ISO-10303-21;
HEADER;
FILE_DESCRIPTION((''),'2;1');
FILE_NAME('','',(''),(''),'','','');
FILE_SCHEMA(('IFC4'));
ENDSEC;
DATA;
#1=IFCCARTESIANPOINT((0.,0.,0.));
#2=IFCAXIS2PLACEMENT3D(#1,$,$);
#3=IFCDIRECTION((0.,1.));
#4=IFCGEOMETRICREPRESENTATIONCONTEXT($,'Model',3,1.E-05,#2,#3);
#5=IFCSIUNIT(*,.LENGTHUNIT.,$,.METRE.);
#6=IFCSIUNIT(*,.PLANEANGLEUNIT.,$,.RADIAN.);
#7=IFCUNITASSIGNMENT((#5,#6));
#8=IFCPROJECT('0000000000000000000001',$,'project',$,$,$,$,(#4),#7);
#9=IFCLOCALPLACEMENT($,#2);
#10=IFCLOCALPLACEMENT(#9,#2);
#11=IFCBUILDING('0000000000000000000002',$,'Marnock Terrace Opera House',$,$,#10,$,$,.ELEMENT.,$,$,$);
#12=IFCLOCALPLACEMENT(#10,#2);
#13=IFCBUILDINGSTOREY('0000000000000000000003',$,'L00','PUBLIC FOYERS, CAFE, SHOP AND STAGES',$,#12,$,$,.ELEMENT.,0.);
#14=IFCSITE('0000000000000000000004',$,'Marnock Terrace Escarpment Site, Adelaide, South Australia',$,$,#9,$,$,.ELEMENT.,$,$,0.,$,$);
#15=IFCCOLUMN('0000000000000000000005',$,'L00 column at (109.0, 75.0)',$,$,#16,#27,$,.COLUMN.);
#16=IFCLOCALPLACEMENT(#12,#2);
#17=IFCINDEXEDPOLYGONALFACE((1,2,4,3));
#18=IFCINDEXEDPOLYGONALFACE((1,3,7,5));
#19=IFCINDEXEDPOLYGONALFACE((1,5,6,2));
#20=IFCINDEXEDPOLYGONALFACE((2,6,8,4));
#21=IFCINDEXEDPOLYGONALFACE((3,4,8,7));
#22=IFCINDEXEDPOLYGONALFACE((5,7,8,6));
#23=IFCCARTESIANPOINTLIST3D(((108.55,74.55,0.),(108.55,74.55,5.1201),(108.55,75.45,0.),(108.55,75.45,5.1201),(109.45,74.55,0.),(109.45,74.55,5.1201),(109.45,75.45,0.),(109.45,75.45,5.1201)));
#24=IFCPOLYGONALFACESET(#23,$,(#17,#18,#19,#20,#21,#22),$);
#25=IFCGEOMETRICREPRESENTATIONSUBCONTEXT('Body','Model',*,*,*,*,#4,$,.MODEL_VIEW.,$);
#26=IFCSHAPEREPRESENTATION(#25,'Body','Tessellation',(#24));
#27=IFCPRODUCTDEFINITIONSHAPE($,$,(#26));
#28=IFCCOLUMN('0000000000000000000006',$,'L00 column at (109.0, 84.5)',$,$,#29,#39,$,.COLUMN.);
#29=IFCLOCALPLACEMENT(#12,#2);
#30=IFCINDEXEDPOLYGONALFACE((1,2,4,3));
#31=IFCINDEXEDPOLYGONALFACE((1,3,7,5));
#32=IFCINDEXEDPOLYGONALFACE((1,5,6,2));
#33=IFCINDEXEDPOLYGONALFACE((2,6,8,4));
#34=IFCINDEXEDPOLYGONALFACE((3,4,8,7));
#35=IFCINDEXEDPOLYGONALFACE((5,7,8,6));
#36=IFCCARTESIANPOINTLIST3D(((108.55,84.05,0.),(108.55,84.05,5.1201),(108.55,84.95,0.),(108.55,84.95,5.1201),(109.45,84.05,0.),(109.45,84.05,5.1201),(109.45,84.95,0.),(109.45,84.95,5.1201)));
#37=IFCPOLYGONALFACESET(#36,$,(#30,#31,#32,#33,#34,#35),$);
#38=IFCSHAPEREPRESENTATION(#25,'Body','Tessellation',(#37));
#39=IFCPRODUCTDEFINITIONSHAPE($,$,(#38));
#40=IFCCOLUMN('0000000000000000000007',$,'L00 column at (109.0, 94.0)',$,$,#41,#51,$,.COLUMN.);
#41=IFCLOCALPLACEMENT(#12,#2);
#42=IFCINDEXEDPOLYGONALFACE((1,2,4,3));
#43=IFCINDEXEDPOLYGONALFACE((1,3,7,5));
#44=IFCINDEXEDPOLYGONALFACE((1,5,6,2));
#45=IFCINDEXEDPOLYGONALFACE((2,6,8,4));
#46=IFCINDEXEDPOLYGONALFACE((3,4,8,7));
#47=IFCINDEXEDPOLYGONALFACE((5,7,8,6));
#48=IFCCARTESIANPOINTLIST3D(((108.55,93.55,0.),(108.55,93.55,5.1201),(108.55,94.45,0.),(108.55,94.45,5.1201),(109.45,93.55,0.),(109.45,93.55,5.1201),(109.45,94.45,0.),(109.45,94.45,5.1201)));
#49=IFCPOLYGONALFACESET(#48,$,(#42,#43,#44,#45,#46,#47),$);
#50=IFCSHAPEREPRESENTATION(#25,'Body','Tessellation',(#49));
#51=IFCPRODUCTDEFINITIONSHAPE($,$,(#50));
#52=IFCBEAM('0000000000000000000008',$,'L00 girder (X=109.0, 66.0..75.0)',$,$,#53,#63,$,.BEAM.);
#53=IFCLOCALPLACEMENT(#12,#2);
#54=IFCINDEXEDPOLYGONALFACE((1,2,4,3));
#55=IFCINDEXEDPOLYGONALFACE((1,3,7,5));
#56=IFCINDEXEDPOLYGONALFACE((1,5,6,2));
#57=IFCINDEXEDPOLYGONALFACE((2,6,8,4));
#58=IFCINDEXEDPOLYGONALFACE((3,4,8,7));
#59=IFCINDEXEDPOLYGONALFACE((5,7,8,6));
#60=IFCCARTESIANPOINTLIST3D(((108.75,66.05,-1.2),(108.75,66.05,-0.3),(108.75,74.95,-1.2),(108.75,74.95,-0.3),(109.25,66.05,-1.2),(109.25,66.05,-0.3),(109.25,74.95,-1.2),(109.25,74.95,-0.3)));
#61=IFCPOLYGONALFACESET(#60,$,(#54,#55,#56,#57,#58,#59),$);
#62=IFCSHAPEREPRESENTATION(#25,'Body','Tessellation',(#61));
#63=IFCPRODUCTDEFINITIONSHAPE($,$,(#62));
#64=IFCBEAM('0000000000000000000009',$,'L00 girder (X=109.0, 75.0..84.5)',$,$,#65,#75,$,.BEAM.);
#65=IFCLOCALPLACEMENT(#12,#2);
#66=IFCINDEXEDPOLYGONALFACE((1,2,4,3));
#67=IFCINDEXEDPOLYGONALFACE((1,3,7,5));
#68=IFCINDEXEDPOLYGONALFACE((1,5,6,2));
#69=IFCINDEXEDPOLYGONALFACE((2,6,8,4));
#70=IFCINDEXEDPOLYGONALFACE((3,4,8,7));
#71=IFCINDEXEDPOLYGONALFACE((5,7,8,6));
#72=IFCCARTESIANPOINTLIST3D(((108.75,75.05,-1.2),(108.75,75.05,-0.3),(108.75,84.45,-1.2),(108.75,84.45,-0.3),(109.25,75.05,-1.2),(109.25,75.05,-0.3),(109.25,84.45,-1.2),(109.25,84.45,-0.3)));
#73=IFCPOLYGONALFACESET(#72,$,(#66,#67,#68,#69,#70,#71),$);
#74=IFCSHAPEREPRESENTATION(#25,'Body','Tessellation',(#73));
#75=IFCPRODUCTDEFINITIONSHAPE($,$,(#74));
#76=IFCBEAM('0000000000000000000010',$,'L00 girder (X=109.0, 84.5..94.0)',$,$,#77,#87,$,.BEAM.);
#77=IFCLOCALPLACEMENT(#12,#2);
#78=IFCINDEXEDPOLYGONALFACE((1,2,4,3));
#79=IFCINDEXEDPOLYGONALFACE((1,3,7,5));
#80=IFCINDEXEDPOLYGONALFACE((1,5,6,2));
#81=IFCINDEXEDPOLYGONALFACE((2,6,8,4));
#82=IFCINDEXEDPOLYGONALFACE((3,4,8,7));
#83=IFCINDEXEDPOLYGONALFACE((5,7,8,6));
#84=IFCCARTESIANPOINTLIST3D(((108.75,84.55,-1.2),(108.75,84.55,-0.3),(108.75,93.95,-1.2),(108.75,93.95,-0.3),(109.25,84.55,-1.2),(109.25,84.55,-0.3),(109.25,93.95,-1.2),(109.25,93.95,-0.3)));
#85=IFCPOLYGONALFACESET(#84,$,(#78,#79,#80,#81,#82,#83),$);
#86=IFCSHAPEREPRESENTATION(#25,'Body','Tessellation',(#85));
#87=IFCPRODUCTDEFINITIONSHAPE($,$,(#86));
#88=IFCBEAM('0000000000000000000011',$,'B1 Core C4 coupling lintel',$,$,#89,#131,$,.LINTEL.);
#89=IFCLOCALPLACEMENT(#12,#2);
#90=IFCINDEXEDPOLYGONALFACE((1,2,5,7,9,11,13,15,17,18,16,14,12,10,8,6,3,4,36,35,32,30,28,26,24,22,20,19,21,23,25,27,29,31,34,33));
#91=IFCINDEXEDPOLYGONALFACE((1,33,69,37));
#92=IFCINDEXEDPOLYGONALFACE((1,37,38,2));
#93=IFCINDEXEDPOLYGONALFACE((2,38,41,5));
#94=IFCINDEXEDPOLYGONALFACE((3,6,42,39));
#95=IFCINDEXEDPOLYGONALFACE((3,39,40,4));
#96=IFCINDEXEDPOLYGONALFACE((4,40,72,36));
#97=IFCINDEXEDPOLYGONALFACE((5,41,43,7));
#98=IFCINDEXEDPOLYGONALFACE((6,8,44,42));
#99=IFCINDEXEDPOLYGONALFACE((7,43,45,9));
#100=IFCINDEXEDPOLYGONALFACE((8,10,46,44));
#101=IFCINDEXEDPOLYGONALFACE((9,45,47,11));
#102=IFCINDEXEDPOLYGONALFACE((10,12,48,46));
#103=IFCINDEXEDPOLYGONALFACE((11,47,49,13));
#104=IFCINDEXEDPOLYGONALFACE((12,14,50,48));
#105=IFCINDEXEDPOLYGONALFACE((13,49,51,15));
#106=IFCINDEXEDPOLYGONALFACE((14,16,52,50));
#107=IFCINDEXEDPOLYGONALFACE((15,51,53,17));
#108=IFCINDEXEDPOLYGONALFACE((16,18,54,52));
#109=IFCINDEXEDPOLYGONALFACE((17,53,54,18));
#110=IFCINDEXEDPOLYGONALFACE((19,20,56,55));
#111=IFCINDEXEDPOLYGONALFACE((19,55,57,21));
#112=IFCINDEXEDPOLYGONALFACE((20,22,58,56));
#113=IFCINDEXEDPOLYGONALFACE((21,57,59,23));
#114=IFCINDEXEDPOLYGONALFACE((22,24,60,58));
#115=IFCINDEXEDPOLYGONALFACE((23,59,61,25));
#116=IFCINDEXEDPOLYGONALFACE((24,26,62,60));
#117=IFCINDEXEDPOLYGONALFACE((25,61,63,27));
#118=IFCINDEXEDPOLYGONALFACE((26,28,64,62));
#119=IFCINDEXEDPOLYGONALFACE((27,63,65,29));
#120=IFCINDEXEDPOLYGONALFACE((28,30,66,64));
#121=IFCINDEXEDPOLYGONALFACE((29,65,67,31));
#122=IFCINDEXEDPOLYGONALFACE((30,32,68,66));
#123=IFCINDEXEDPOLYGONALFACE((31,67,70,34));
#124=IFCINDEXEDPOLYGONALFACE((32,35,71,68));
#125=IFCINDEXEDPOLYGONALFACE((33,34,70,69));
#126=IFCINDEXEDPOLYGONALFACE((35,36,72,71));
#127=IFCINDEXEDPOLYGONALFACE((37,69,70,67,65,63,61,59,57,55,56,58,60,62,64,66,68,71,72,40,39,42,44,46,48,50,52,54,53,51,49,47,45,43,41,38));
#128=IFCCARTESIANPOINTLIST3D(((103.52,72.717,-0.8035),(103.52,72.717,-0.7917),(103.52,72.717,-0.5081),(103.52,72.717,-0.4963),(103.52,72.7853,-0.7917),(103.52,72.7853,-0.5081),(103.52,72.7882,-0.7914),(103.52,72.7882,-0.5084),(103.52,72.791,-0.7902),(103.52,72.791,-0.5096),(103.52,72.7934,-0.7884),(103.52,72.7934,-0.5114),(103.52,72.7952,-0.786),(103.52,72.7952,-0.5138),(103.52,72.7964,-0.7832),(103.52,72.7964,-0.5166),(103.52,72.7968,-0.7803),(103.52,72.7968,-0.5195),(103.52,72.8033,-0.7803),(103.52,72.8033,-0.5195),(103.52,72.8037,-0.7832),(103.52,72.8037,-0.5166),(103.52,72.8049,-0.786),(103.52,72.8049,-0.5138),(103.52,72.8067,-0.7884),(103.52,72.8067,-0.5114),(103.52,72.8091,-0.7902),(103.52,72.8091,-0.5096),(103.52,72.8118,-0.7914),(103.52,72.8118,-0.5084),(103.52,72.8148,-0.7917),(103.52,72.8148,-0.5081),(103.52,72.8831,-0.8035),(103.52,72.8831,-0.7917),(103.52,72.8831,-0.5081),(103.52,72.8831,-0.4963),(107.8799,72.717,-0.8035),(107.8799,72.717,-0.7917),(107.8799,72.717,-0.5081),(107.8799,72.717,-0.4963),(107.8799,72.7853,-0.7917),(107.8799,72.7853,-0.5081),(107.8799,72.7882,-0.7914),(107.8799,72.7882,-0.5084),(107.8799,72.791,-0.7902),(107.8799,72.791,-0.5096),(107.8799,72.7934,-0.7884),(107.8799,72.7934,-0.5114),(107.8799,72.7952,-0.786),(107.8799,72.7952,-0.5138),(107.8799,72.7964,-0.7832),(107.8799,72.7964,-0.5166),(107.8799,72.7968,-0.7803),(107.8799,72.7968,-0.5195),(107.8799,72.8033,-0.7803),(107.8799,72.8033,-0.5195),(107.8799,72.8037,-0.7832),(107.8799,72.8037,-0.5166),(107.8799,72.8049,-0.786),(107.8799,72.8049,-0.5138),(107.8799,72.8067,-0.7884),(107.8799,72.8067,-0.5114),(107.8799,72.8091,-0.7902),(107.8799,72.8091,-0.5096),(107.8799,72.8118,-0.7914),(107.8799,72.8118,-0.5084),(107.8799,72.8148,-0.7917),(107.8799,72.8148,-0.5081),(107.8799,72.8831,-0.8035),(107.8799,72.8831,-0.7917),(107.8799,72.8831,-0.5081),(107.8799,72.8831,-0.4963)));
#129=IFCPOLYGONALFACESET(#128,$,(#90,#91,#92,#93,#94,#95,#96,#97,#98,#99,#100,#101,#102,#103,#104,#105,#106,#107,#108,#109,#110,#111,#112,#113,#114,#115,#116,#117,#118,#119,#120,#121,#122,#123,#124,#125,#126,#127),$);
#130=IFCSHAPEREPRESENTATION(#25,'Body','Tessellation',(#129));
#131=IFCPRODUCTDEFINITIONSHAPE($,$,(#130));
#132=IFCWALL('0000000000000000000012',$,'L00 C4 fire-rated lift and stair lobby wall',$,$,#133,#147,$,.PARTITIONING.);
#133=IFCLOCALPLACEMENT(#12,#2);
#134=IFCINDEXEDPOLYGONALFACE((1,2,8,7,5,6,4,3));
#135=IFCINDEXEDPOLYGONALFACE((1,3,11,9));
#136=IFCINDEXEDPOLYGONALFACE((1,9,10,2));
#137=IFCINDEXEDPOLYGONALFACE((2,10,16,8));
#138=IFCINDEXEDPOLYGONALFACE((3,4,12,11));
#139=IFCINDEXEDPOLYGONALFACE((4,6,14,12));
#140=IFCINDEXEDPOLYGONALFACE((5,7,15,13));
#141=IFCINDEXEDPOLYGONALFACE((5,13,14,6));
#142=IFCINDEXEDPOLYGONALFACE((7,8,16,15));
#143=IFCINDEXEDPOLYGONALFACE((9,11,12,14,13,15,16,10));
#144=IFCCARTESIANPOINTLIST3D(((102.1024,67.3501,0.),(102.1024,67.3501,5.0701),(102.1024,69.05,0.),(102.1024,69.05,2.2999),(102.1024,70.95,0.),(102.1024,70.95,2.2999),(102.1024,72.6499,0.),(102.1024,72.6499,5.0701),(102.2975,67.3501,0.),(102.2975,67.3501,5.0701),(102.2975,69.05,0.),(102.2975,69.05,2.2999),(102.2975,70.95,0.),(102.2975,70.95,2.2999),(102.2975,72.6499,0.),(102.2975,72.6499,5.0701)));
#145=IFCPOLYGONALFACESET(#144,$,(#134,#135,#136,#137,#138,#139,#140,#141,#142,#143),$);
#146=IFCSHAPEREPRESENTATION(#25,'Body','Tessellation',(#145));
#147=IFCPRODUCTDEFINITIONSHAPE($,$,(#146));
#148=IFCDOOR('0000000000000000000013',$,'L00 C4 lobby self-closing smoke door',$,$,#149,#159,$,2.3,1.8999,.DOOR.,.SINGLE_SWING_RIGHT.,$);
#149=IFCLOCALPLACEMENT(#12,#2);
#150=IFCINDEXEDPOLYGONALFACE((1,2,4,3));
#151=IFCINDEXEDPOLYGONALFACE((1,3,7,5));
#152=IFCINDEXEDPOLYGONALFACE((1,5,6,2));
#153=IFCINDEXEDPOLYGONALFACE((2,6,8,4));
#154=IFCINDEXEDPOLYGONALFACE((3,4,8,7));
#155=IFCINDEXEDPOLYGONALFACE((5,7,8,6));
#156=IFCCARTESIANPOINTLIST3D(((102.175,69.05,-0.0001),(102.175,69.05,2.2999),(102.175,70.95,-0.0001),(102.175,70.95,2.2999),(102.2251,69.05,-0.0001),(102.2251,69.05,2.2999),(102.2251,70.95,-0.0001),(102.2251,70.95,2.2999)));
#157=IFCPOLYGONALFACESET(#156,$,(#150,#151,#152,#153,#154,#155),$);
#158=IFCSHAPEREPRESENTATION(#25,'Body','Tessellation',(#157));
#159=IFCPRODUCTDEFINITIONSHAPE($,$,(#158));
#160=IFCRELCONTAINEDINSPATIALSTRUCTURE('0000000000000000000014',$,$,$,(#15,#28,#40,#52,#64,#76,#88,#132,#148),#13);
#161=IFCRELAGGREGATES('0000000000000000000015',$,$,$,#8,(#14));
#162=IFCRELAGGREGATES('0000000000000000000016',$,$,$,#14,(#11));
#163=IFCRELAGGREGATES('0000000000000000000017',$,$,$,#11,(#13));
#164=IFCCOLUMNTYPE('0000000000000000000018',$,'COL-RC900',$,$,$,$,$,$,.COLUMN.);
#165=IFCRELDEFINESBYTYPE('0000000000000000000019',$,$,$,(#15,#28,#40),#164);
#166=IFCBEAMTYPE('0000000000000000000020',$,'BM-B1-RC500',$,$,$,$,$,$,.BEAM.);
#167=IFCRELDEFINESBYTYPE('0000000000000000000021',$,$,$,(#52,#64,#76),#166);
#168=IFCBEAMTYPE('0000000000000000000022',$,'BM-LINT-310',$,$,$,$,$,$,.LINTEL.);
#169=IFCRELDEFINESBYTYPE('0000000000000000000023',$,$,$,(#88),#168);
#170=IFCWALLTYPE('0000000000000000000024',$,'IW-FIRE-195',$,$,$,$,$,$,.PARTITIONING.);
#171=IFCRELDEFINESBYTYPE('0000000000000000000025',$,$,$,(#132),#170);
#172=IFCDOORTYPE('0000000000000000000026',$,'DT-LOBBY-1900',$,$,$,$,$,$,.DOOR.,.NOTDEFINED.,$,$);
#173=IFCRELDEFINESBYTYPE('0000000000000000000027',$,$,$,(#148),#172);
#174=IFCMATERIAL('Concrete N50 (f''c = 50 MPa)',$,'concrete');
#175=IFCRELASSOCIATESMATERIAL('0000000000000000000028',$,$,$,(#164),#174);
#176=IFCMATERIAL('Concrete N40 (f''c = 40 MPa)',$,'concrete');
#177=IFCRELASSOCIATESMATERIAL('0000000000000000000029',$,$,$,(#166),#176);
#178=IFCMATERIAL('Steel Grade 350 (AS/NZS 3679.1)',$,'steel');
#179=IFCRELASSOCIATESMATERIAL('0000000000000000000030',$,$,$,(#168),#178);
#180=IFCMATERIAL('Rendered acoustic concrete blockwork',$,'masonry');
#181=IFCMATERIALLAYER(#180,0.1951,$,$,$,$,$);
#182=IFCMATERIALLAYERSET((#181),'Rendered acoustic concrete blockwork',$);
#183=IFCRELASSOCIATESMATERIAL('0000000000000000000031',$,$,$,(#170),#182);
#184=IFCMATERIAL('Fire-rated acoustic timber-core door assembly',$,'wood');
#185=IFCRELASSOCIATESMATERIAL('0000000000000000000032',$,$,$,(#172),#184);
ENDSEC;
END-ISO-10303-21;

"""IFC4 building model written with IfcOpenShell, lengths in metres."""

from ifc_helpers import new_model, si_unit, direction, frame, frame_2d, origin, origin_2d, place, context, subcontext, project, spatial, rectangle, i_section, extrude, material, layer, layer_set, material_profile, profile_set, type_object, element, fill, save


model = new_model("IFC4")

# Units and contexts
model_context = context("Model", 3, precision=1e-05, world=origin(), true_north=direction((0.0, 1.0)))
body_context = subcontext(model_context, "Body", "Model", "MODEL_VIEW")
ifc_project = project(units=[si_unit("LENGTHUNIT", "METRE"), si_unit("PLANEANGLEUNIT", "RADIAN")], contexts=[model_context])

# Site, building, storey
site_placement = place(None, origin())
site = spatial("IfcSite", under=ifc_project, at=site_placement, Name="Marnock Terrace Escarpment Site, Adelaide, South Australia", CompositionType="ELEMENT", RefElevation=0.0)
building_placement = place(site_placement, origin())
building = spatial("IfcBuilding", under=site, at=building_placement, Name="Marnock Terrace Opera House", CompositionType="ELEMENT")
storey_placement = place(building_placement, origin())
storey = spatial("IfcBuildingStorey", under=building, at=storey_placement, Name="L00", Description="PUBLIC FOYERS, CAFE, SHOP AND STAGES", CompositionType="ELEMENT", Elevation=0.0)

# Columns
ifc_material_1 = material(Name="Concrete N50 (f'c = 50 MPa)", Category="concrete")
ifc_material_profile_1 = material_profile(ifc_material_1, rectangle(XDim=0.8999, YDim=0.8999, at=origin_2d()))
ifc_profile_set_1 = profile_set([ifc_material_profile_1], Name="Concrete N50 (f'c = 50 MPa)")
column_type = type_object("IfcColumnType", Name="COL-RC900", PredefinedType="COLUMN", material=ifc_profile_set_1)
for number, where, z_axis, x_axis, name in (
    (1, (109.0, 75.0, 0.0), (0.0, 0.0, 1.0), (1.0, 0.0, 0.0), "L00 column at (109.0, 75.0)"),
    (2, (109.0, 84.5, 0.0), (0.0, 0.0, 1.0), (1.0, 0.0, 0.0), "L00 column at (109.0, 84.5)"),
    (3, (109.0, 94.0, 0.0), (0.0, 0.0, 1.0), (1.0, 0.0, 0.0), "L00 column at (109.0, 94.0)"),
):
    element("IfcColumn", number, at=place(storey_placement, frame(where, z_axis=z_axis, x_axis=x_axis)), inside=storey, type_object=column_type, Name=name, PredefinedType="COLUMN", context=body_context, shape_type="SweptSolid", body=[
        extrude(rectangle(XDim=0.8999, YDim=0.8999, at=origin_2d()), origin(), (0.0, 0.0, 1.0), 5.1201),
    ])

# Beams
ifc_material_2 = material(Name="Concrete N40 (f'c = 40 MPa)", Category="concrete")
ifc_material_profile_2 = material_profile(ifc_material_2, rectangle(XDim=0.5, YDim=0.8999, at=origin_2d()))
ifc_profile_set_2 = profile_set([ifc_material_profile_2], Name="Concrete N40 (f'c = 40 MPa)")
beam_type_1 = type_object("IfcBeamType", Name="BM-B1-RC500", PredefinedType="BEAM", material=ifc_profile_set_2)
beam_1_placement = place(storey_placement, frame((109.0, 66.05, -0.75), z_axis=(0.0, 1.0, 0.0), x_axis=(-1.0, 0.0, 0.0)))
element("IfcBeam", 4, at=beam_1_placement, inside=storey, type_object=beam_type_1, Name="L00 girder (X=109.0, 66.0..75.0)", PredefinedType="BEAM", context=body_context, shape_type="SweptSolid", body=[
    extrude(rectangle(XDim=0.5, YDim=0.8999, at=origin_2d()), origin(), (0.0, 0.0, 1.0), 8.8999),
])
for number, where, z_axis, x_axis, name in (
    (5, (109.0, 75.05, -0.75), (0.0, 1.0, 0.0), (-1.0, 0.0, 0.0), "L00 girder (X=109.0, 75.0..84.5)"),
    (6, (109.0, 84.55, -0.75), (0.0, 1.0, 0.0), (-1.0, 0.0, 0.0), "L00 girder (X=109.0, 84.5..94.0)"),
):
    element("IfcBeam", number, at=place(storey_placement, frame(where, z_axis=z_axis, x_axis=x_axis)), inside=storey, type_object=beam_type_1, Name=name, PredefinedType="BEAM", context=body_context, shape_type="SweptSolid", body=[
        extrude(rectangle(XDim=0.5, YDim=0.8999, at=origin_2d()), origin(), (0.0, 0.0, 1.0), 9.3999),
    ])
ifc_material_3 = material(Name="Steel Grade 350 (AS/NZS 3679.1)", Category="steel")
ifc_material_profile_3 = material_profile(ifc_material_3, i_section(OverallWidth=0.166, OverallDepth=0.3071, WebThickness=0.0066, FlangeThickness=0.0117, FilletRadius=0.0115, at=origin_2d()))
ifc_profile_set_3 = profile_set([ifc_material_profile_3], Name="Steel Grade 350 (AS/NZS 3679.1)")
beam_type_2 = type_object("IfcBeamType", Name="BM-LINT-310", PredefinedType="LINTEL", material=ifc_profile_set_3)
beam_2_placement = place(storey_placement, frame((103.52, 72.8, -0.6499), z_axis=(1.0, 0.0, 0.0), x_axis=(0.0, 1.0, 0.0)))
element("IfcBeam", 7, at=beam_2_placement, inside=storey, type_object=beam_type_2, Name="B1 Core C4 coupling lintel", PredefinedType="LINTEL", context=body_context, shape_type="SweptSolid", body=[
    extrude(i_section(OverallWidth=0.166, OverallDepth=0.3071, WebThickness=0.0066, FlangeThickness=0.0117, FilletRadius=0.0115, at=origin_2d()), origin(), (0.0, 0.0, 1.0), 4.3599),
])

# Wall, opening, door
ifc_material_4 = material(Name="Rendered acoustic concrete blockwork", Category="masonry")
ifc_layer_1 = layer(ifc_material_4, 0.1951)
ifc_layer_set_1 = layer_set([ifc_layer_1], Name="Rendered acoustic concrete blockwork")
wall_type_1 = type_object("IfcWallType", Name="IW-FIRE-195", PredefinedType="PARTITIONING", material=ifc_layer_set_1)
wall_1_placement = place(storey_placement, frame((102.2, 67.3501, 0.0), z_axis=(0.0, 0.0, 1.0), x_axis=(0.0, 1.0, 0.0)))
wall_1 = element("IfcWall", 8, at=wall_1_placement, inside=storey, type_object=wall_type_1, Name="L00 C4 fire-rated lift and stair lobby wall", PredefinedType="PARTITIONING", context=body_context, shape_type="SweptSolid", body=[
    extrude(rectangle(XDim=5.2998, YDim=0.1951, at=frame_2d((2.6499, 0.0))), origin(), (0.0, 0.0, 1.0), 5.0701),
])
opening_1_placement = place(wall_1_placement, frame((1.7, 0.0, 0.0)))
opening_1 = element("IfcOpeningElement", 9, at=opening_1_placement, cuts=wall_1, PredefinedType="OPENING", context=body_context, shape_type="SweptSolid", body=[
    extrude(rectangle(XDim=1.8999, YDim=2.3, at=frame_2d((0.95, 1.1499))), frame((0.0, 0.1074, 0.0), z_axis=(0.0, -1.0, 0.0), x_axis=(1.0, 0.0, 0.0)), (0.0, 0.0, 1.0), 0.2151),
])
ifc_material_5 = material(Name="Fire-rated acoustic timber-core door assembly", Category="wood")
door_type_1 = type_object("IfcDoorType", Name="DT-LOBBY-1900", OperationType="NOTDEFINED", PredefinedType="DOOR", material=ifc_material_5)
door_1_placement = place(opening_1_placement, origin())
door_1 = element("IfcDoor", 10, at=door_1_placement, inside=storey, type_object=door_type_1, Name="L00 C4 lobby self-closing smoke door", OperationType="SINGLE_SWING_RIGHT", OverallHeight=2.3, OverallWidth=1.8999, PredefinedType="DOOR", context=body_context, shape_type="SweptSolid", body=[
    extrude(rectangle(XDim=1.8999, YDim=2.3, at=frame_2d((0.95, 1.1499))), frame((0.0, 0.0249, 0.0), z_axis=(0.0, -1.0, 0.0), x_axis=(1.0, 0.0, 0.0)), (0.0, 0.0, 1.0), 0.05),
])
fill(opening_1, door_1)

save(model, "model.ifc")
